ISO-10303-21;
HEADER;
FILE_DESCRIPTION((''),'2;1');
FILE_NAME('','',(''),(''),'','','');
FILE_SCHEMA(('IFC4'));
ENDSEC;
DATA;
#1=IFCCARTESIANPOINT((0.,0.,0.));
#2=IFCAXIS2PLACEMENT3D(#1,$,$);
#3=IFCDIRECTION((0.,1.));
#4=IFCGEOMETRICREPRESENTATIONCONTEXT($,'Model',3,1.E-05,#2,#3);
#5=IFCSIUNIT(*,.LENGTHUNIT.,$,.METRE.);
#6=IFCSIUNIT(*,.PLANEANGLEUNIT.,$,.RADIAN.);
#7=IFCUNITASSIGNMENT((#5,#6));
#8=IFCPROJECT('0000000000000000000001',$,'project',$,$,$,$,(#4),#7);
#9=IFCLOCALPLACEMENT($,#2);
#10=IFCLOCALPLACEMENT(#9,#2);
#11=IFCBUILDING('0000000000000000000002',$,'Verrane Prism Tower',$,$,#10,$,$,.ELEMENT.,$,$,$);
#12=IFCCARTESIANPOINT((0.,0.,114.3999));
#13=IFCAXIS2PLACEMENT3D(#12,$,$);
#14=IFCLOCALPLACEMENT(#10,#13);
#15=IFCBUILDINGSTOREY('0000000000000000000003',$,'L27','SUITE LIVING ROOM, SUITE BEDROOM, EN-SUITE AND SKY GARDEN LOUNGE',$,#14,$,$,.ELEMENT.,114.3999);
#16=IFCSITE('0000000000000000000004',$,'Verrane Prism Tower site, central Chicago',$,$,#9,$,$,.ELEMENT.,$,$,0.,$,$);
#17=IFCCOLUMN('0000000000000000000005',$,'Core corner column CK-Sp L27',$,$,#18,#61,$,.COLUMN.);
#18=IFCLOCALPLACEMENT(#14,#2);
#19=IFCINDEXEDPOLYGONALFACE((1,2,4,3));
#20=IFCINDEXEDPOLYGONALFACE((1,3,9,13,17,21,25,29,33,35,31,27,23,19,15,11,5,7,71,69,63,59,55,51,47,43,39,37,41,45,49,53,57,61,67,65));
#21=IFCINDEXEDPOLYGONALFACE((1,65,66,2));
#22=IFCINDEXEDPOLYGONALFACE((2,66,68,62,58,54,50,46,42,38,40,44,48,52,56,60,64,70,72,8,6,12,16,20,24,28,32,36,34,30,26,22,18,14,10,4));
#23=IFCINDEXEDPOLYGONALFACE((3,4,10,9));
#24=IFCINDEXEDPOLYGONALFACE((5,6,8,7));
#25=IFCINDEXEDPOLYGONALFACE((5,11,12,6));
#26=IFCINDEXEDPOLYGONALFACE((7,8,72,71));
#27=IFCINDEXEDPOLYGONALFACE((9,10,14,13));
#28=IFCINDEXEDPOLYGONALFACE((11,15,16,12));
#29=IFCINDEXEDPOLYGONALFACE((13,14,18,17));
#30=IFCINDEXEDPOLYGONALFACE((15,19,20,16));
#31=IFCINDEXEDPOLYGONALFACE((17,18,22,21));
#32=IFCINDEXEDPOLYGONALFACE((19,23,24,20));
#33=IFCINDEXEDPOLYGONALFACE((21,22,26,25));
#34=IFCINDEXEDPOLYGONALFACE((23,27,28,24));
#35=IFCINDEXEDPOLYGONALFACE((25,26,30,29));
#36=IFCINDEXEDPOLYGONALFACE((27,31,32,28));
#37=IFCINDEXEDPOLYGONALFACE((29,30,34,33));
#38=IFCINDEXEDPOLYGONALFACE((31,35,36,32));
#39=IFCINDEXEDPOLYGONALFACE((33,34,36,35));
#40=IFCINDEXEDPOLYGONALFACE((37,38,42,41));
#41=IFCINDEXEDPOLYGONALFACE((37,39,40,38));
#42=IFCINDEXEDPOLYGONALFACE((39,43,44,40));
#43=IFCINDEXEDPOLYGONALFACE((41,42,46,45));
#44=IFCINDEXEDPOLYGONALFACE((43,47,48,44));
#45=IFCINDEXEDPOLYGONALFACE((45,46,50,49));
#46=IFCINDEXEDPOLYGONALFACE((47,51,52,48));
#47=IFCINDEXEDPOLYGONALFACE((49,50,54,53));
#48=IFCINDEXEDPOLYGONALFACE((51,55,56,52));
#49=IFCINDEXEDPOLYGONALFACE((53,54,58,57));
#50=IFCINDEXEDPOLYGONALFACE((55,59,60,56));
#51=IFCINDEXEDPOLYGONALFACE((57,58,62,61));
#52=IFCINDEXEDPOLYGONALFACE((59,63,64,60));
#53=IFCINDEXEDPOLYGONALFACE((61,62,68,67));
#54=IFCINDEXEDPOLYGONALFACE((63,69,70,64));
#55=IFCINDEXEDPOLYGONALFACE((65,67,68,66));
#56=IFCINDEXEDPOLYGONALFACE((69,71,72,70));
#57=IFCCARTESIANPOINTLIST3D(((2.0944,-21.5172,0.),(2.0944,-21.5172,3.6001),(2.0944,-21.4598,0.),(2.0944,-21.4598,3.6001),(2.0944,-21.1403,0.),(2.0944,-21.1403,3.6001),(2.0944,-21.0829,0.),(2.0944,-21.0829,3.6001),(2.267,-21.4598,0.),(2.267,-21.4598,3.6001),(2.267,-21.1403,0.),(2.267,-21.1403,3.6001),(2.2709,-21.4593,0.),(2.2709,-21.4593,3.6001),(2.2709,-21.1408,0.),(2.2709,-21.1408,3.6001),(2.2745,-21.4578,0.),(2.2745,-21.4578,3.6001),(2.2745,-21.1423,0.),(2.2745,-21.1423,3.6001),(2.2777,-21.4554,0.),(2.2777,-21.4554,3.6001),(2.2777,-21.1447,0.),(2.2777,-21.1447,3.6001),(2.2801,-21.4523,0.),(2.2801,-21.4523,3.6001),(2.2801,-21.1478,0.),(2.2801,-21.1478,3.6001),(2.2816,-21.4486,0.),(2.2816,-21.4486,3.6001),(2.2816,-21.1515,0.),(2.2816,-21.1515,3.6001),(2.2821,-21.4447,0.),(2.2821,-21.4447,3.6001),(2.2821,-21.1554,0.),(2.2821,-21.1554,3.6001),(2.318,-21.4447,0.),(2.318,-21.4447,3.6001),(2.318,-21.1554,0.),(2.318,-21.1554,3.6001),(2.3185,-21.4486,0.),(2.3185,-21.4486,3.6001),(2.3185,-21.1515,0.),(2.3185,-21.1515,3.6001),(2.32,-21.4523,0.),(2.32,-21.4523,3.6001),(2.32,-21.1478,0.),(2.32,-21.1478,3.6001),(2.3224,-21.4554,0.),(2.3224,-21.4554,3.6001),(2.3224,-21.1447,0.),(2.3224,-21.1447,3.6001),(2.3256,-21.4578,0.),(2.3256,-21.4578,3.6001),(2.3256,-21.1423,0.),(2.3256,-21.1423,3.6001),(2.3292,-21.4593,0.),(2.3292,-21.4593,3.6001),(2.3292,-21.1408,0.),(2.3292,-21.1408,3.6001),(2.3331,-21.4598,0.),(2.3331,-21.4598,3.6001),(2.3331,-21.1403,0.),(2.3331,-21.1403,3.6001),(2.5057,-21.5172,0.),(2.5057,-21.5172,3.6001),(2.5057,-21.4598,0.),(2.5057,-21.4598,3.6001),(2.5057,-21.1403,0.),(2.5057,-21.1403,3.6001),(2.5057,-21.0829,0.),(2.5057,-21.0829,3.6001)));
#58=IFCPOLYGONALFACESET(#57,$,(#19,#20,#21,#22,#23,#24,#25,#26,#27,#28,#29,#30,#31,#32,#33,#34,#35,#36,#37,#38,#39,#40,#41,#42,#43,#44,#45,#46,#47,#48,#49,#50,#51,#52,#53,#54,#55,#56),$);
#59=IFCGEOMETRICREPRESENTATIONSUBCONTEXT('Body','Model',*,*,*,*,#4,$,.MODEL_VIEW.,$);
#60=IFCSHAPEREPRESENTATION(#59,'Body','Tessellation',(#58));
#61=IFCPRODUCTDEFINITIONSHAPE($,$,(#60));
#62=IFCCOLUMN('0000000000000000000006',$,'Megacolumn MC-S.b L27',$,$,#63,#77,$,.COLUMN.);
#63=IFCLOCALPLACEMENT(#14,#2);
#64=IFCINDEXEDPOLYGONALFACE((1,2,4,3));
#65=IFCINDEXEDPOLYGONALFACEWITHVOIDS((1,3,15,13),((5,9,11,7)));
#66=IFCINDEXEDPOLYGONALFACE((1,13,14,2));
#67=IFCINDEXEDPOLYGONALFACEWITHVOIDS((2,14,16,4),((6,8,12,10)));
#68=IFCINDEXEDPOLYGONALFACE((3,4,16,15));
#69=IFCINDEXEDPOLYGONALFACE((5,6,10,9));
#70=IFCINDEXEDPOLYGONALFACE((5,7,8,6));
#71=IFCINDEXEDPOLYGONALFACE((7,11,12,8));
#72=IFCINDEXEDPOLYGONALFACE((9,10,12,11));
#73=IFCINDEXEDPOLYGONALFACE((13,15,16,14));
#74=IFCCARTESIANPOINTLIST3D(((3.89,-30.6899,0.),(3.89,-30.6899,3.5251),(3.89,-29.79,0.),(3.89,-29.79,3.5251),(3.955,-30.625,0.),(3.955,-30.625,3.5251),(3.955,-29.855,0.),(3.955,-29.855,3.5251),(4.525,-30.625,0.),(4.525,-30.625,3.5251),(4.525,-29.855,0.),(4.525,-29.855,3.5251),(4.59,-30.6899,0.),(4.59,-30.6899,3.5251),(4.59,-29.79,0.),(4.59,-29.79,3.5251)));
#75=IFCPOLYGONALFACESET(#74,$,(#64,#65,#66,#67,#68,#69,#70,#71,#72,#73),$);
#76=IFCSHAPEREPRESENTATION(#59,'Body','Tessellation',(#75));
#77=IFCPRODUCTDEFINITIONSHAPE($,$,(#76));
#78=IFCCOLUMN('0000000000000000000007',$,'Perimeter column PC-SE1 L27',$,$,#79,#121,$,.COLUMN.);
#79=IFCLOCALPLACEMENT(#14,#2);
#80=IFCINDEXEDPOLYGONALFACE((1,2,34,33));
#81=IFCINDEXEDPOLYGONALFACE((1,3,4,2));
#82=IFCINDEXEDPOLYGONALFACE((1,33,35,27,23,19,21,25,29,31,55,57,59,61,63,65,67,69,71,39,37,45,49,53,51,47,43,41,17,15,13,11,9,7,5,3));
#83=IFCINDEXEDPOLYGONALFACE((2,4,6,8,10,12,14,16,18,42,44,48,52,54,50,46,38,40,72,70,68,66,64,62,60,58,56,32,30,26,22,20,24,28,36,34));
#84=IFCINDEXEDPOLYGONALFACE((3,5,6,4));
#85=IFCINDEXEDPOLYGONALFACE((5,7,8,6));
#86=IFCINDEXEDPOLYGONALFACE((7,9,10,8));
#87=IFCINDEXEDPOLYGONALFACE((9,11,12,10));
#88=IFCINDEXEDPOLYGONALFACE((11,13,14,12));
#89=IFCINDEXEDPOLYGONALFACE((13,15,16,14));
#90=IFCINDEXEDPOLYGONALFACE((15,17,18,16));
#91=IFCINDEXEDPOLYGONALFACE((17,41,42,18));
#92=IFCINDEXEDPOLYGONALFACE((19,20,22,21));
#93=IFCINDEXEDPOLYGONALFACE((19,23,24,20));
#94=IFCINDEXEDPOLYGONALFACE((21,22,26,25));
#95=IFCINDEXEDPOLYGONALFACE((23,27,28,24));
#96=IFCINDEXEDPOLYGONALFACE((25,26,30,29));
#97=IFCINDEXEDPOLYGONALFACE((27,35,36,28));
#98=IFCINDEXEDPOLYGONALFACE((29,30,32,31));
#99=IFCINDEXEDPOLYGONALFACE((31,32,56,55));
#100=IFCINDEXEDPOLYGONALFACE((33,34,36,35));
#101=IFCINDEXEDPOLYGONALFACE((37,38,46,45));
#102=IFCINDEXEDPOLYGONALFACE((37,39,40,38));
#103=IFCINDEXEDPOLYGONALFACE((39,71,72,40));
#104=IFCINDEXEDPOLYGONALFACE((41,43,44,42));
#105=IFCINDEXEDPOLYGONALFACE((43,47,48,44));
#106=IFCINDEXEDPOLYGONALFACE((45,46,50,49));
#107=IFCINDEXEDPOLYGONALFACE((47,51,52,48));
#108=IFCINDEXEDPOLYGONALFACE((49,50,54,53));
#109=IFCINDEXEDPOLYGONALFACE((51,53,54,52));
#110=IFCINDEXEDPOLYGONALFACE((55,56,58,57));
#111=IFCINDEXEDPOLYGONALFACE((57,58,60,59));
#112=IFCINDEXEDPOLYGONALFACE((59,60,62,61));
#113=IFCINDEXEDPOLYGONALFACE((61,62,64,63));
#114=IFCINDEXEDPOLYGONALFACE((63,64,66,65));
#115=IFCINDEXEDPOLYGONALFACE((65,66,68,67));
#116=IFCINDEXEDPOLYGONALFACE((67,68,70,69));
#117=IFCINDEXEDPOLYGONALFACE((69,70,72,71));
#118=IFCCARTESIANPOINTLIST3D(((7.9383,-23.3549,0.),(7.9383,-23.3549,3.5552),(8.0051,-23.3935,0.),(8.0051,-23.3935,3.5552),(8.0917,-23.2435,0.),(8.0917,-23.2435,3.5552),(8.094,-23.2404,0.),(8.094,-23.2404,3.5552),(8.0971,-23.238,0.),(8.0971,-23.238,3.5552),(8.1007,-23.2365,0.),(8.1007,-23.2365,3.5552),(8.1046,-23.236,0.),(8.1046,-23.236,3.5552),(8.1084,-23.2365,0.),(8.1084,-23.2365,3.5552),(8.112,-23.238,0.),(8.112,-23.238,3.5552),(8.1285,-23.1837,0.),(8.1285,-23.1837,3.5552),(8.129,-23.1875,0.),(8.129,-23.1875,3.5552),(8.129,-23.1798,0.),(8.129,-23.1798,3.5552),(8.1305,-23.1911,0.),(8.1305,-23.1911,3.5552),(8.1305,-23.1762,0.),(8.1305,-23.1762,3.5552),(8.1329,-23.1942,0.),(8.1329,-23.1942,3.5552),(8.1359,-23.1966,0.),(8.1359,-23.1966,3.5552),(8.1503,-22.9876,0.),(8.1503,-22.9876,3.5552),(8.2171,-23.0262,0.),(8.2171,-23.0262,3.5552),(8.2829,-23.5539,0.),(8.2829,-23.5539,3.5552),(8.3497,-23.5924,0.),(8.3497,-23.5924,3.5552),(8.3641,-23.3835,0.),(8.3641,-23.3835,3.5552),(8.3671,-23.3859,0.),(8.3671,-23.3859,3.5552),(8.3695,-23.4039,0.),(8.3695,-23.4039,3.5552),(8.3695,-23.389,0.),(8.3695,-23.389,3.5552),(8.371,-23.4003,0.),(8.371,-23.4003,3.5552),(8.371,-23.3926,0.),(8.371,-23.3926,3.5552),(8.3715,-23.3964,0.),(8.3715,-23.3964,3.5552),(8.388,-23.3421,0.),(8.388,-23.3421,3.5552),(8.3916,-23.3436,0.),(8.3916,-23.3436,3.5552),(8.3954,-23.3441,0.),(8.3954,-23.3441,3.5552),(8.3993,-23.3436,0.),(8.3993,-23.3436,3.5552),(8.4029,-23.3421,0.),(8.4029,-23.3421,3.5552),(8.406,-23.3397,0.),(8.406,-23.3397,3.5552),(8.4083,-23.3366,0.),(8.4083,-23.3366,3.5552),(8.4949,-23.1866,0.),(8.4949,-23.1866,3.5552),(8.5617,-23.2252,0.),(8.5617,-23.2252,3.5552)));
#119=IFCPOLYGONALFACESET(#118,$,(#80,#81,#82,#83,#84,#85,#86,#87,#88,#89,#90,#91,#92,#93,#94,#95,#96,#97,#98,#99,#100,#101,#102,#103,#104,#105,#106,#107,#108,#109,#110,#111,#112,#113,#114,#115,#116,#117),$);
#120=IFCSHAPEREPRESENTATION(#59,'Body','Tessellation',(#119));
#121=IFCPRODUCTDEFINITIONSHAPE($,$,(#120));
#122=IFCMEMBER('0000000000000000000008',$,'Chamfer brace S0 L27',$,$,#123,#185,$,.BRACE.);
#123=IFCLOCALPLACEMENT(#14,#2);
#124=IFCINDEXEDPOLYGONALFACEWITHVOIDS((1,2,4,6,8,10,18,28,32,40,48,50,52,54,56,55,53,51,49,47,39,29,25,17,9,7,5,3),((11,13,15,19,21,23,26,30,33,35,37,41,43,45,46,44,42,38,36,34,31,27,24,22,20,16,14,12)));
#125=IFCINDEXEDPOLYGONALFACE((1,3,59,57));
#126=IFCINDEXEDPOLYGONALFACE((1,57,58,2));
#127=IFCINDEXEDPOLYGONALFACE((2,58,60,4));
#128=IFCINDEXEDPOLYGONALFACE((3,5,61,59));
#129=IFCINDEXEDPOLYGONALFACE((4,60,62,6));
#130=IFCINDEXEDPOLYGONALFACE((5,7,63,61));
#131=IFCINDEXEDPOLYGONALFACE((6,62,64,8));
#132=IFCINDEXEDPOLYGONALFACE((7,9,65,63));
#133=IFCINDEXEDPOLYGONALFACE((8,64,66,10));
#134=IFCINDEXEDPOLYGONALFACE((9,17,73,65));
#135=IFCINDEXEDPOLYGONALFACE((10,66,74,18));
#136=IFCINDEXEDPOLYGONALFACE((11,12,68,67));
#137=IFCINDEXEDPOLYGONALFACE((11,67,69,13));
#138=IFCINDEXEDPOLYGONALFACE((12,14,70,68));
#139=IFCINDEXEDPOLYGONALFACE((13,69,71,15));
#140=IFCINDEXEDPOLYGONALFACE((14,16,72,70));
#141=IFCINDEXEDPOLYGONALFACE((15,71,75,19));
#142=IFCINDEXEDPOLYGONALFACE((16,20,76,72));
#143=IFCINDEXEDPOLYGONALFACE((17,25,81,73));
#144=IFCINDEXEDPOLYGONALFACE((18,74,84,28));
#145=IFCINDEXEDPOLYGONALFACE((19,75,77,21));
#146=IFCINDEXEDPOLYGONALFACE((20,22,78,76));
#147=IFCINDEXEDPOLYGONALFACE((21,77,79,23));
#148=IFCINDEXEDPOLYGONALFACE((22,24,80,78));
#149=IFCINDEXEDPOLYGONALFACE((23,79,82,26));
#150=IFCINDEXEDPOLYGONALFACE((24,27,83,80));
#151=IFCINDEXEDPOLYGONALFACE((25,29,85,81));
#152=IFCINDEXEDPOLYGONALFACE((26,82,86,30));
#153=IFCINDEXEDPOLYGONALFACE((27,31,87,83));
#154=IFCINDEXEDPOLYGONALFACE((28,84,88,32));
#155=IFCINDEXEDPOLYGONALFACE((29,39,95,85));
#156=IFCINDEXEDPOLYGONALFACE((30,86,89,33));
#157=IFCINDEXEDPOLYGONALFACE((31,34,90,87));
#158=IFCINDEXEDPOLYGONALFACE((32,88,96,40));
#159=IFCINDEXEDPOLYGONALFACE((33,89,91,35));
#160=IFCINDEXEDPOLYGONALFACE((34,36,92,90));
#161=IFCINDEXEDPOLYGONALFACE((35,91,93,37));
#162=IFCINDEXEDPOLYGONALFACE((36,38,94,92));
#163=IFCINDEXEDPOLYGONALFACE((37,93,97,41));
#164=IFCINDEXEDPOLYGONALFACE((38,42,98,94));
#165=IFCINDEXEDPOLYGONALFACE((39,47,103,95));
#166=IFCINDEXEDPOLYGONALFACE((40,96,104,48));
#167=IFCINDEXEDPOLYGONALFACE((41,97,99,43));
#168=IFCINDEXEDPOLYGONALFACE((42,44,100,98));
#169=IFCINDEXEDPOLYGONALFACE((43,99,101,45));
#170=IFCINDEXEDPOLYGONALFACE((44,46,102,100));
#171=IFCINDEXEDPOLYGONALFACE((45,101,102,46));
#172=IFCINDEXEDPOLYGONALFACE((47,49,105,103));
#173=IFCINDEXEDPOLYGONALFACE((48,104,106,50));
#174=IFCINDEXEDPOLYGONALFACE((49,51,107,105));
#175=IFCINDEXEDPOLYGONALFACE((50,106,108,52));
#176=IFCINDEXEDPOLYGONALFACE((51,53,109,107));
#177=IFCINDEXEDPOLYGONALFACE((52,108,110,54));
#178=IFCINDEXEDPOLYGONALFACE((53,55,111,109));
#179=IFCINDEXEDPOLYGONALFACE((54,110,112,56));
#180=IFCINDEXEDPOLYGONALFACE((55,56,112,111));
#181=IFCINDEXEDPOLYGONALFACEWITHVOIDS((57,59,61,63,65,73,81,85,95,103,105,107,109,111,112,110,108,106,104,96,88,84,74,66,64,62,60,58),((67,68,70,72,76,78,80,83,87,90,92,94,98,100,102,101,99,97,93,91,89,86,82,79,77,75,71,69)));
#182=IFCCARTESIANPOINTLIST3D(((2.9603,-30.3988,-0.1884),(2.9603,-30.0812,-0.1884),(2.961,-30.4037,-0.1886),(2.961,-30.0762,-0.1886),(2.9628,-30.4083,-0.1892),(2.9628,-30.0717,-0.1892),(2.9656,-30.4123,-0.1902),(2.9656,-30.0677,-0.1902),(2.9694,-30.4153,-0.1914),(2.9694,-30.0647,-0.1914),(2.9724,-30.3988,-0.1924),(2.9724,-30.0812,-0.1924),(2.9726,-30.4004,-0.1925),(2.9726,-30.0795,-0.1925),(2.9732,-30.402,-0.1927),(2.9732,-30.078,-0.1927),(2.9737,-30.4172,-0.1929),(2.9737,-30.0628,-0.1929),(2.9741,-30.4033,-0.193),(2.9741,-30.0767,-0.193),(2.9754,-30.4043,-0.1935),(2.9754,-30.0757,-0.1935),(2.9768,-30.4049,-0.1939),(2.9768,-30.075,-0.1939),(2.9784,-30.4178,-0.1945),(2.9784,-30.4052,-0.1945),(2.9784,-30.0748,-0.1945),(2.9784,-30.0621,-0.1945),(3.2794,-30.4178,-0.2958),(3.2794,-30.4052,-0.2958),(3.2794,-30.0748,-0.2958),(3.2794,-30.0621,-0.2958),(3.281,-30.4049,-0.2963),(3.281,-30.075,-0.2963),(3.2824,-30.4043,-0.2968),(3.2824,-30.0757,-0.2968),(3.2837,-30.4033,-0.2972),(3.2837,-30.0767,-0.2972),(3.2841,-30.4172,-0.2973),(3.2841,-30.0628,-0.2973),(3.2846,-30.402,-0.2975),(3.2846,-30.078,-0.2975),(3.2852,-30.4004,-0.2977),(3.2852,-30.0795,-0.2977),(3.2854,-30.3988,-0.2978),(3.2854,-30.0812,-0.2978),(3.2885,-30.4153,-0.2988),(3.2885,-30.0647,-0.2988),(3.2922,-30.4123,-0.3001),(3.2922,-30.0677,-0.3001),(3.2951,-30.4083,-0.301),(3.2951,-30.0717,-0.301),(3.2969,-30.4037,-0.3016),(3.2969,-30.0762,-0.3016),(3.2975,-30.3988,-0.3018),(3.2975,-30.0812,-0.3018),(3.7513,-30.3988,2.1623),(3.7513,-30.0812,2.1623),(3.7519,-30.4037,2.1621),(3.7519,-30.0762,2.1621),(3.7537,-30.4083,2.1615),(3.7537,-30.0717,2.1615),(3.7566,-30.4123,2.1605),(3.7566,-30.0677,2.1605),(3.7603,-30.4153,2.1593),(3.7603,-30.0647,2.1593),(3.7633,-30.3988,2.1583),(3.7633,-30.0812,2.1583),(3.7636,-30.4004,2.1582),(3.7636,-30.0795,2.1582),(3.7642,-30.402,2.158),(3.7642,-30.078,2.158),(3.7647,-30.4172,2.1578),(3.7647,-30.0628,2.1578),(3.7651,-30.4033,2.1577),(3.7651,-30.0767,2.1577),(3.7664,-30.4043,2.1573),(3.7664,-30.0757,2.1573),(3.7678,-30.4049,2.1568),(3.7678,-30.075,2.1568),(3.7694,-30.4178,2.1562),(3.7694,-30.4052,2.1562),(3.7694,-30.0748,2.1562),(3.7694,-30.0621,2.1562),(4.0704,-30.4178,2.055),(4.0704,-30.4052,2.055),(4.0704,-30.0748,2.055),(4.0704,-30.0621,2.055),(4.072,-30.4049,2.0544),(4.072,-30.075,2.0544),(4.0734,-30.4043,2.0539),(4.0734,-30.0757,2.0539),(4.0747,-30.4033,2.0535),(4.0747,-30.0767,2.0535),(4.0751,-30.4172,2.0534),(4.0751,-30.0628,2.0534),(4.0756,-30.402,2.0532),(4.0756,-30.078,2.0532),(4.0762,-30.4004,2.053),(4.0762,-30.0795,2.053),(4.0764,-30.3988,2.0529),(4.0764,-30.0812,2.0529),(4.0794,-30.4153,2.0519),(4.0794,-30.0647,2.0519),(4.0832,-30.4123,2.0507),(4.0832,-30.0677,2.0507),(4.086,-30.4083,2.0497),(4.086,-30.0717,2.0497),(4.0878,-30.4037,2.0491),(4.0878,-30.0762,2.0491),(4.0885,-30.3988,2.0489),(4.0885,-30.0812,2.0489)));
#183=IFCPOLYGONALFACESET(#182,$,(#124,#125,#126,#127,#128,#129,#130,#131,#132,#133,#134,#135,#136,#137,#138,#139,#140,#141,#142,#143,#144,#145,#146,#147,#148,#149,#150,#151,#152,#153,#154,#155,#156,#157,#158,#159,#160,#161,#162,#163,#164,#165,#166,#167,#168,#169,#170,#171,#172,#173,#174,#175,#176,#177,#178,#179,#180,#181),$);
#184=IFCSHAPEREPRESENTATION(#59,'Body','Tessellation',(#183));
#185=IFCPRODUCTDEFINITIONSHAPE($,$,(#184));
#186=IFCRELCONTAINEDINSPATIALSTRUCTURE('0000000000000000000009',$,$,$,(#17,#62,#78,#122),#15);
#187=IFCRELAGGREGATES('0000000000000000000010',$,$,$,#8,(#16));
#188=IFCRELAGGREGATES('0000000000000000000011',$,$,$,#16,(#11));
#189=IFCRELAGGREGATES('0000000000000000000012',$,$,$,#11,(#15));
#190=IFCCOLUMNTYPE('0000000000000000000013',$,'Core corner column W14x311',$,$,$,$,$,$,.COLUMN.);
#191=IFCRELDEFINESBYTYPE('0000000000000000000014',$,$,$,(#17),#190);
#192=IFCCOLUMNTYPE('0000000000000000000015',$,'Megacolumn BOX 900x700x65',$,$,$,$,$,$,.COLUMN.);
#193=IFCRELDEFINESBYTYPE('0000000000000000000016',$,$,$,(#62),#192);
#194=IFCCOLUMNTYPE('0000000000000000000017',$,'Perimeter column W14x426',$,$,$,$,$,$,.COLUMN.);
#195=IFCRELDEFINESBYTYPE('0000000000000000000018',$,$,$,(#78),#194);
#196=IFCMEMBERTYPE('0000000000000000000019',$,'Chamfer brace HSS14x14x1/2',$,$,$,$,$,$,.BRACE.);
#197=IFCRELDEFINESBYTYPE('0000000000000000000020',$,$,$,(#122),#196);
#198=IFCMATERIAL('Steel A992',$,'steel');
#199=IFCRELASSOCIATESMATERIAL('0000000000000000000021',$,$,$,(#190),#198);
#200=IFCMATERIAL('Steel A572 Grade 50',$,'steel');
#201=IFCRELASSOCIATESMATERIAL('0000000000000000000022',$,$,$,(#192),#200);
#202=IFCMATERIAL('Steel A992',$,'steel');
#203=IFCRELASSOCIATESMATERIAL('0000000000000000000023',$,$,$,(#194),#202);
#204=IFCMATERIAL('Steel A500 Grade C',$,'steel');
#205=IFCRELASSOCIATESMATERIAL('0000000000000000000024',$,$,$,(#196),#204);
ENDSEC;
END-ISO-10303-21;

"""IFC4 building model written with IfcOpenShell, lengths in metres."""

from ifc_helpers import new_model, si_unit, direction, frame, origin, origin_2d, place, context, subcontext, project, spatial, hollow_rectangle, i_section, extrude, material, material_profile, profile_set, type_object, element, save


model = new_model("IFC4")

# Units and contexts
model_context = context("Model", 3, precision=1e-05, world=origin(), true_north=direction((0.0, 1.0)))
body_context = subcontext(model_context, "Body", "Model", "MODEL_VIEW")
ifc_project = project(units=[si_unit("LENGTHUNIT", "METRE"), si_unit("PLANEANGLEUNIT", "RADIAN")], contexts=[model_context])

# Site, building, storey
site_placement = place(None, origin())
site = spatial("IfcSite", under=ifc_project, at=site_placement, Name="Verrane Prism Tower site, central Chicago", CompositionType="ELEMENT", RefElevation=0.0)
building_placement = place(site_placement, origin())
building = spatial("IfcBuilding", under=site, at=building_placement, Name="Verrane Prism Tower", CompositionType="ELEMENT")
storey_placement = place(building_placement, frame((0.0, 0.0, 114.3999)))
storey = spatial("IfcBuildingStorey", under=building, at=storey_placement, Name="L27", Description="SUITE LIVING ROOM, SUITE BEDROOM, EN-SUITE AND SKY GARDEN LOUNGE", CompositionType="ELEMENT", Elevation=114.3999)

# Columns
ifc_material_1 = material(Name="Steel A992", Category="steel")
ifc_material_profile_1 = material_profile(ifc_material_1, i_section(OverallWidth=0.4114, OverallDepth=0.4343, WebThickness=0.0359, FlangeThickness=0.0574, FilletRadius=0.0151, at=origin_2d()), Name="W14x311")
ifc_profile_set_1 = profile_set([ifc_material_profile_1], Name="Steel A992")
column_type_1 = type_object("IfcColumnType", Name="Core corner column W14x311", PredefinedType="COLUMN", material=ifc_profile_set_1)
column_1_placement = place(storey_placement, frame((2.3, -21.3, 0.0), z_axis=(0.0, 0.0, 1.0), x_axis=(-1.0, 0.0, 0.0)))
element("IfcColumn", 1, at=column_1_placement, inside=storey, type_object=column_type_1, Name="Core corner column CK-Sp L27", PredefinedType="COLUMN", context=body_context, shape_type="SweptSolid", body=[
    extrude(i_section(OverallWidth=0.4114, OverallDepth=0.4343, WebThickness=0.0359, FlangeThickness=0.0574, FilletRadius=0.0151, at=origin_2d()), origin(), (0.0, 0.0, 1.0), 3.6001),
])
ifc_material_2 = material(Name="Steel A572 Grade 50", Category="steel")
ifc_material_profile_2 = material_profile(ifc_material_2, hollow_rectangle(XDim=0.7, YDim=0.8999, WallThickness=0.0649, at=origin_2d()), Name="BOX 900x700x65")
ifc_profile_set_2 = profile_set([ifc_material_profile_2], Name="Steel A572 Grade 50")
column_type_2 = type_object("IfcColumnType", Name="Megacolumn BOX 900x700x65", PredefinedType="COLUMN", material=ifc_profile_set_2)
column_2_placement = place(storey_placement, frame((4.24, -30.24, 0.0), z_axis=(0.0, 0.0, 1.0), x_axis=(-1.0, 0.0, 0.0)))
element("IfcColumn", 2, at=column_2_placement, inside=storey, type_object=column_type_2, Name="Megacolumn MC-S.b L27", PredefinedType="COLUMN", context=body_context, shape_type="SweptSolid", body=[
    extrude(hollow_rectangle(XDim=0.7, YDim=0.8999, WallThickness=0.0649, at=origin_2d()), origin(), (0.0, 0.0, 1.0), 3.5251),
])
ifc_material_3 = material(Name="Steel A992", Category="steel")
ifc_material_profile_3 = material_profile(ifc_material_3, i_section(OverallWidth=0.4241, OverallDepth=0.4751, WebThickness=0.0479, FlangeThickness=0.0771, FilletRadius=0.0149, at=origin_2d()), Name="W14x426")
ifc_profile_set_3 = profile_set([ifc_material_profile_3], Name="Steel A992")
column_type_3 = type_object("IfcColumnType", Name="Perimeter column W14x426", PredefinedType="COLUMN", material=ifc_profile_set_3)
column_3_placement = place(storey_placement, frame((8.25, -23.29, 0.0), z_axis=(0.0, 0.0, 1.0), x_axis=(-0.5, -0.866025, 0.0)))
element("IfcColumn", 3, at=column_3_placement, inside=storey, type_object=column_type_3, Name="Perimeter column PC-SE1 L27", PredefinedType="COLUMN", context=body_context, shape_type="SweptSolid", body=[
    extrude(i_section(OverallWidth=0.4241, OverallDepth=0.4751, WebThickness=0.0479, FlangeThickness=0.0771, FilletRadius=0.0149, at=origin_2d()), origin(), (0.0, 0.0, 1.0), 3.5552),
])

# Member
ifc_material_4 = material(Name="Steel A500 Grade C", Category="steel")
ifc_material_profile_4 = material_profile(ifc_material_4, hollow_rectangle(XDim=0.3557, YDim=0.3557, WallThickness=0.0127, InnerFilletRadius=0.0063, OuterFilletRadius=0.019, at=origin_2d()), Name="HSS14x14x1/2")
ifc_profile_set_4 = profile_set([ifc_material_profile_4], Name="Steel A500 Grade C")
member_type_1 = type_object("IfcMemberType", Name="Chamfer brace HSS14x14x1/2", PredefinedType="BRACE", material=ifc_profile_set_4)
member_1_placement = place(storey_placement, frame((3.1289, -30.24, -0.2451), z_axis=(0.318914, 0.0, 0.947784), x_axis=(0.0, 1.0, 0.0)))
element("IfcMember", 4, at=member_1_placement, inside=storey, type_object=member_type_1, Name="Chamfer brace S0 L27", PredefinedType="BRACE", context=body_context, shape_type="SweptSolid", body=[
    extrude(hollow_rectangle(XDim=0.3557, YDim=0.3557, WallThickness=0.0127, InnerFilletRadius=0.0063, OuterFilletRadius=0.019, at=origin_2d()), origin(), (0.0, 0.0, 1.0), 2.4802),
])

save(model, "model.ifc")
